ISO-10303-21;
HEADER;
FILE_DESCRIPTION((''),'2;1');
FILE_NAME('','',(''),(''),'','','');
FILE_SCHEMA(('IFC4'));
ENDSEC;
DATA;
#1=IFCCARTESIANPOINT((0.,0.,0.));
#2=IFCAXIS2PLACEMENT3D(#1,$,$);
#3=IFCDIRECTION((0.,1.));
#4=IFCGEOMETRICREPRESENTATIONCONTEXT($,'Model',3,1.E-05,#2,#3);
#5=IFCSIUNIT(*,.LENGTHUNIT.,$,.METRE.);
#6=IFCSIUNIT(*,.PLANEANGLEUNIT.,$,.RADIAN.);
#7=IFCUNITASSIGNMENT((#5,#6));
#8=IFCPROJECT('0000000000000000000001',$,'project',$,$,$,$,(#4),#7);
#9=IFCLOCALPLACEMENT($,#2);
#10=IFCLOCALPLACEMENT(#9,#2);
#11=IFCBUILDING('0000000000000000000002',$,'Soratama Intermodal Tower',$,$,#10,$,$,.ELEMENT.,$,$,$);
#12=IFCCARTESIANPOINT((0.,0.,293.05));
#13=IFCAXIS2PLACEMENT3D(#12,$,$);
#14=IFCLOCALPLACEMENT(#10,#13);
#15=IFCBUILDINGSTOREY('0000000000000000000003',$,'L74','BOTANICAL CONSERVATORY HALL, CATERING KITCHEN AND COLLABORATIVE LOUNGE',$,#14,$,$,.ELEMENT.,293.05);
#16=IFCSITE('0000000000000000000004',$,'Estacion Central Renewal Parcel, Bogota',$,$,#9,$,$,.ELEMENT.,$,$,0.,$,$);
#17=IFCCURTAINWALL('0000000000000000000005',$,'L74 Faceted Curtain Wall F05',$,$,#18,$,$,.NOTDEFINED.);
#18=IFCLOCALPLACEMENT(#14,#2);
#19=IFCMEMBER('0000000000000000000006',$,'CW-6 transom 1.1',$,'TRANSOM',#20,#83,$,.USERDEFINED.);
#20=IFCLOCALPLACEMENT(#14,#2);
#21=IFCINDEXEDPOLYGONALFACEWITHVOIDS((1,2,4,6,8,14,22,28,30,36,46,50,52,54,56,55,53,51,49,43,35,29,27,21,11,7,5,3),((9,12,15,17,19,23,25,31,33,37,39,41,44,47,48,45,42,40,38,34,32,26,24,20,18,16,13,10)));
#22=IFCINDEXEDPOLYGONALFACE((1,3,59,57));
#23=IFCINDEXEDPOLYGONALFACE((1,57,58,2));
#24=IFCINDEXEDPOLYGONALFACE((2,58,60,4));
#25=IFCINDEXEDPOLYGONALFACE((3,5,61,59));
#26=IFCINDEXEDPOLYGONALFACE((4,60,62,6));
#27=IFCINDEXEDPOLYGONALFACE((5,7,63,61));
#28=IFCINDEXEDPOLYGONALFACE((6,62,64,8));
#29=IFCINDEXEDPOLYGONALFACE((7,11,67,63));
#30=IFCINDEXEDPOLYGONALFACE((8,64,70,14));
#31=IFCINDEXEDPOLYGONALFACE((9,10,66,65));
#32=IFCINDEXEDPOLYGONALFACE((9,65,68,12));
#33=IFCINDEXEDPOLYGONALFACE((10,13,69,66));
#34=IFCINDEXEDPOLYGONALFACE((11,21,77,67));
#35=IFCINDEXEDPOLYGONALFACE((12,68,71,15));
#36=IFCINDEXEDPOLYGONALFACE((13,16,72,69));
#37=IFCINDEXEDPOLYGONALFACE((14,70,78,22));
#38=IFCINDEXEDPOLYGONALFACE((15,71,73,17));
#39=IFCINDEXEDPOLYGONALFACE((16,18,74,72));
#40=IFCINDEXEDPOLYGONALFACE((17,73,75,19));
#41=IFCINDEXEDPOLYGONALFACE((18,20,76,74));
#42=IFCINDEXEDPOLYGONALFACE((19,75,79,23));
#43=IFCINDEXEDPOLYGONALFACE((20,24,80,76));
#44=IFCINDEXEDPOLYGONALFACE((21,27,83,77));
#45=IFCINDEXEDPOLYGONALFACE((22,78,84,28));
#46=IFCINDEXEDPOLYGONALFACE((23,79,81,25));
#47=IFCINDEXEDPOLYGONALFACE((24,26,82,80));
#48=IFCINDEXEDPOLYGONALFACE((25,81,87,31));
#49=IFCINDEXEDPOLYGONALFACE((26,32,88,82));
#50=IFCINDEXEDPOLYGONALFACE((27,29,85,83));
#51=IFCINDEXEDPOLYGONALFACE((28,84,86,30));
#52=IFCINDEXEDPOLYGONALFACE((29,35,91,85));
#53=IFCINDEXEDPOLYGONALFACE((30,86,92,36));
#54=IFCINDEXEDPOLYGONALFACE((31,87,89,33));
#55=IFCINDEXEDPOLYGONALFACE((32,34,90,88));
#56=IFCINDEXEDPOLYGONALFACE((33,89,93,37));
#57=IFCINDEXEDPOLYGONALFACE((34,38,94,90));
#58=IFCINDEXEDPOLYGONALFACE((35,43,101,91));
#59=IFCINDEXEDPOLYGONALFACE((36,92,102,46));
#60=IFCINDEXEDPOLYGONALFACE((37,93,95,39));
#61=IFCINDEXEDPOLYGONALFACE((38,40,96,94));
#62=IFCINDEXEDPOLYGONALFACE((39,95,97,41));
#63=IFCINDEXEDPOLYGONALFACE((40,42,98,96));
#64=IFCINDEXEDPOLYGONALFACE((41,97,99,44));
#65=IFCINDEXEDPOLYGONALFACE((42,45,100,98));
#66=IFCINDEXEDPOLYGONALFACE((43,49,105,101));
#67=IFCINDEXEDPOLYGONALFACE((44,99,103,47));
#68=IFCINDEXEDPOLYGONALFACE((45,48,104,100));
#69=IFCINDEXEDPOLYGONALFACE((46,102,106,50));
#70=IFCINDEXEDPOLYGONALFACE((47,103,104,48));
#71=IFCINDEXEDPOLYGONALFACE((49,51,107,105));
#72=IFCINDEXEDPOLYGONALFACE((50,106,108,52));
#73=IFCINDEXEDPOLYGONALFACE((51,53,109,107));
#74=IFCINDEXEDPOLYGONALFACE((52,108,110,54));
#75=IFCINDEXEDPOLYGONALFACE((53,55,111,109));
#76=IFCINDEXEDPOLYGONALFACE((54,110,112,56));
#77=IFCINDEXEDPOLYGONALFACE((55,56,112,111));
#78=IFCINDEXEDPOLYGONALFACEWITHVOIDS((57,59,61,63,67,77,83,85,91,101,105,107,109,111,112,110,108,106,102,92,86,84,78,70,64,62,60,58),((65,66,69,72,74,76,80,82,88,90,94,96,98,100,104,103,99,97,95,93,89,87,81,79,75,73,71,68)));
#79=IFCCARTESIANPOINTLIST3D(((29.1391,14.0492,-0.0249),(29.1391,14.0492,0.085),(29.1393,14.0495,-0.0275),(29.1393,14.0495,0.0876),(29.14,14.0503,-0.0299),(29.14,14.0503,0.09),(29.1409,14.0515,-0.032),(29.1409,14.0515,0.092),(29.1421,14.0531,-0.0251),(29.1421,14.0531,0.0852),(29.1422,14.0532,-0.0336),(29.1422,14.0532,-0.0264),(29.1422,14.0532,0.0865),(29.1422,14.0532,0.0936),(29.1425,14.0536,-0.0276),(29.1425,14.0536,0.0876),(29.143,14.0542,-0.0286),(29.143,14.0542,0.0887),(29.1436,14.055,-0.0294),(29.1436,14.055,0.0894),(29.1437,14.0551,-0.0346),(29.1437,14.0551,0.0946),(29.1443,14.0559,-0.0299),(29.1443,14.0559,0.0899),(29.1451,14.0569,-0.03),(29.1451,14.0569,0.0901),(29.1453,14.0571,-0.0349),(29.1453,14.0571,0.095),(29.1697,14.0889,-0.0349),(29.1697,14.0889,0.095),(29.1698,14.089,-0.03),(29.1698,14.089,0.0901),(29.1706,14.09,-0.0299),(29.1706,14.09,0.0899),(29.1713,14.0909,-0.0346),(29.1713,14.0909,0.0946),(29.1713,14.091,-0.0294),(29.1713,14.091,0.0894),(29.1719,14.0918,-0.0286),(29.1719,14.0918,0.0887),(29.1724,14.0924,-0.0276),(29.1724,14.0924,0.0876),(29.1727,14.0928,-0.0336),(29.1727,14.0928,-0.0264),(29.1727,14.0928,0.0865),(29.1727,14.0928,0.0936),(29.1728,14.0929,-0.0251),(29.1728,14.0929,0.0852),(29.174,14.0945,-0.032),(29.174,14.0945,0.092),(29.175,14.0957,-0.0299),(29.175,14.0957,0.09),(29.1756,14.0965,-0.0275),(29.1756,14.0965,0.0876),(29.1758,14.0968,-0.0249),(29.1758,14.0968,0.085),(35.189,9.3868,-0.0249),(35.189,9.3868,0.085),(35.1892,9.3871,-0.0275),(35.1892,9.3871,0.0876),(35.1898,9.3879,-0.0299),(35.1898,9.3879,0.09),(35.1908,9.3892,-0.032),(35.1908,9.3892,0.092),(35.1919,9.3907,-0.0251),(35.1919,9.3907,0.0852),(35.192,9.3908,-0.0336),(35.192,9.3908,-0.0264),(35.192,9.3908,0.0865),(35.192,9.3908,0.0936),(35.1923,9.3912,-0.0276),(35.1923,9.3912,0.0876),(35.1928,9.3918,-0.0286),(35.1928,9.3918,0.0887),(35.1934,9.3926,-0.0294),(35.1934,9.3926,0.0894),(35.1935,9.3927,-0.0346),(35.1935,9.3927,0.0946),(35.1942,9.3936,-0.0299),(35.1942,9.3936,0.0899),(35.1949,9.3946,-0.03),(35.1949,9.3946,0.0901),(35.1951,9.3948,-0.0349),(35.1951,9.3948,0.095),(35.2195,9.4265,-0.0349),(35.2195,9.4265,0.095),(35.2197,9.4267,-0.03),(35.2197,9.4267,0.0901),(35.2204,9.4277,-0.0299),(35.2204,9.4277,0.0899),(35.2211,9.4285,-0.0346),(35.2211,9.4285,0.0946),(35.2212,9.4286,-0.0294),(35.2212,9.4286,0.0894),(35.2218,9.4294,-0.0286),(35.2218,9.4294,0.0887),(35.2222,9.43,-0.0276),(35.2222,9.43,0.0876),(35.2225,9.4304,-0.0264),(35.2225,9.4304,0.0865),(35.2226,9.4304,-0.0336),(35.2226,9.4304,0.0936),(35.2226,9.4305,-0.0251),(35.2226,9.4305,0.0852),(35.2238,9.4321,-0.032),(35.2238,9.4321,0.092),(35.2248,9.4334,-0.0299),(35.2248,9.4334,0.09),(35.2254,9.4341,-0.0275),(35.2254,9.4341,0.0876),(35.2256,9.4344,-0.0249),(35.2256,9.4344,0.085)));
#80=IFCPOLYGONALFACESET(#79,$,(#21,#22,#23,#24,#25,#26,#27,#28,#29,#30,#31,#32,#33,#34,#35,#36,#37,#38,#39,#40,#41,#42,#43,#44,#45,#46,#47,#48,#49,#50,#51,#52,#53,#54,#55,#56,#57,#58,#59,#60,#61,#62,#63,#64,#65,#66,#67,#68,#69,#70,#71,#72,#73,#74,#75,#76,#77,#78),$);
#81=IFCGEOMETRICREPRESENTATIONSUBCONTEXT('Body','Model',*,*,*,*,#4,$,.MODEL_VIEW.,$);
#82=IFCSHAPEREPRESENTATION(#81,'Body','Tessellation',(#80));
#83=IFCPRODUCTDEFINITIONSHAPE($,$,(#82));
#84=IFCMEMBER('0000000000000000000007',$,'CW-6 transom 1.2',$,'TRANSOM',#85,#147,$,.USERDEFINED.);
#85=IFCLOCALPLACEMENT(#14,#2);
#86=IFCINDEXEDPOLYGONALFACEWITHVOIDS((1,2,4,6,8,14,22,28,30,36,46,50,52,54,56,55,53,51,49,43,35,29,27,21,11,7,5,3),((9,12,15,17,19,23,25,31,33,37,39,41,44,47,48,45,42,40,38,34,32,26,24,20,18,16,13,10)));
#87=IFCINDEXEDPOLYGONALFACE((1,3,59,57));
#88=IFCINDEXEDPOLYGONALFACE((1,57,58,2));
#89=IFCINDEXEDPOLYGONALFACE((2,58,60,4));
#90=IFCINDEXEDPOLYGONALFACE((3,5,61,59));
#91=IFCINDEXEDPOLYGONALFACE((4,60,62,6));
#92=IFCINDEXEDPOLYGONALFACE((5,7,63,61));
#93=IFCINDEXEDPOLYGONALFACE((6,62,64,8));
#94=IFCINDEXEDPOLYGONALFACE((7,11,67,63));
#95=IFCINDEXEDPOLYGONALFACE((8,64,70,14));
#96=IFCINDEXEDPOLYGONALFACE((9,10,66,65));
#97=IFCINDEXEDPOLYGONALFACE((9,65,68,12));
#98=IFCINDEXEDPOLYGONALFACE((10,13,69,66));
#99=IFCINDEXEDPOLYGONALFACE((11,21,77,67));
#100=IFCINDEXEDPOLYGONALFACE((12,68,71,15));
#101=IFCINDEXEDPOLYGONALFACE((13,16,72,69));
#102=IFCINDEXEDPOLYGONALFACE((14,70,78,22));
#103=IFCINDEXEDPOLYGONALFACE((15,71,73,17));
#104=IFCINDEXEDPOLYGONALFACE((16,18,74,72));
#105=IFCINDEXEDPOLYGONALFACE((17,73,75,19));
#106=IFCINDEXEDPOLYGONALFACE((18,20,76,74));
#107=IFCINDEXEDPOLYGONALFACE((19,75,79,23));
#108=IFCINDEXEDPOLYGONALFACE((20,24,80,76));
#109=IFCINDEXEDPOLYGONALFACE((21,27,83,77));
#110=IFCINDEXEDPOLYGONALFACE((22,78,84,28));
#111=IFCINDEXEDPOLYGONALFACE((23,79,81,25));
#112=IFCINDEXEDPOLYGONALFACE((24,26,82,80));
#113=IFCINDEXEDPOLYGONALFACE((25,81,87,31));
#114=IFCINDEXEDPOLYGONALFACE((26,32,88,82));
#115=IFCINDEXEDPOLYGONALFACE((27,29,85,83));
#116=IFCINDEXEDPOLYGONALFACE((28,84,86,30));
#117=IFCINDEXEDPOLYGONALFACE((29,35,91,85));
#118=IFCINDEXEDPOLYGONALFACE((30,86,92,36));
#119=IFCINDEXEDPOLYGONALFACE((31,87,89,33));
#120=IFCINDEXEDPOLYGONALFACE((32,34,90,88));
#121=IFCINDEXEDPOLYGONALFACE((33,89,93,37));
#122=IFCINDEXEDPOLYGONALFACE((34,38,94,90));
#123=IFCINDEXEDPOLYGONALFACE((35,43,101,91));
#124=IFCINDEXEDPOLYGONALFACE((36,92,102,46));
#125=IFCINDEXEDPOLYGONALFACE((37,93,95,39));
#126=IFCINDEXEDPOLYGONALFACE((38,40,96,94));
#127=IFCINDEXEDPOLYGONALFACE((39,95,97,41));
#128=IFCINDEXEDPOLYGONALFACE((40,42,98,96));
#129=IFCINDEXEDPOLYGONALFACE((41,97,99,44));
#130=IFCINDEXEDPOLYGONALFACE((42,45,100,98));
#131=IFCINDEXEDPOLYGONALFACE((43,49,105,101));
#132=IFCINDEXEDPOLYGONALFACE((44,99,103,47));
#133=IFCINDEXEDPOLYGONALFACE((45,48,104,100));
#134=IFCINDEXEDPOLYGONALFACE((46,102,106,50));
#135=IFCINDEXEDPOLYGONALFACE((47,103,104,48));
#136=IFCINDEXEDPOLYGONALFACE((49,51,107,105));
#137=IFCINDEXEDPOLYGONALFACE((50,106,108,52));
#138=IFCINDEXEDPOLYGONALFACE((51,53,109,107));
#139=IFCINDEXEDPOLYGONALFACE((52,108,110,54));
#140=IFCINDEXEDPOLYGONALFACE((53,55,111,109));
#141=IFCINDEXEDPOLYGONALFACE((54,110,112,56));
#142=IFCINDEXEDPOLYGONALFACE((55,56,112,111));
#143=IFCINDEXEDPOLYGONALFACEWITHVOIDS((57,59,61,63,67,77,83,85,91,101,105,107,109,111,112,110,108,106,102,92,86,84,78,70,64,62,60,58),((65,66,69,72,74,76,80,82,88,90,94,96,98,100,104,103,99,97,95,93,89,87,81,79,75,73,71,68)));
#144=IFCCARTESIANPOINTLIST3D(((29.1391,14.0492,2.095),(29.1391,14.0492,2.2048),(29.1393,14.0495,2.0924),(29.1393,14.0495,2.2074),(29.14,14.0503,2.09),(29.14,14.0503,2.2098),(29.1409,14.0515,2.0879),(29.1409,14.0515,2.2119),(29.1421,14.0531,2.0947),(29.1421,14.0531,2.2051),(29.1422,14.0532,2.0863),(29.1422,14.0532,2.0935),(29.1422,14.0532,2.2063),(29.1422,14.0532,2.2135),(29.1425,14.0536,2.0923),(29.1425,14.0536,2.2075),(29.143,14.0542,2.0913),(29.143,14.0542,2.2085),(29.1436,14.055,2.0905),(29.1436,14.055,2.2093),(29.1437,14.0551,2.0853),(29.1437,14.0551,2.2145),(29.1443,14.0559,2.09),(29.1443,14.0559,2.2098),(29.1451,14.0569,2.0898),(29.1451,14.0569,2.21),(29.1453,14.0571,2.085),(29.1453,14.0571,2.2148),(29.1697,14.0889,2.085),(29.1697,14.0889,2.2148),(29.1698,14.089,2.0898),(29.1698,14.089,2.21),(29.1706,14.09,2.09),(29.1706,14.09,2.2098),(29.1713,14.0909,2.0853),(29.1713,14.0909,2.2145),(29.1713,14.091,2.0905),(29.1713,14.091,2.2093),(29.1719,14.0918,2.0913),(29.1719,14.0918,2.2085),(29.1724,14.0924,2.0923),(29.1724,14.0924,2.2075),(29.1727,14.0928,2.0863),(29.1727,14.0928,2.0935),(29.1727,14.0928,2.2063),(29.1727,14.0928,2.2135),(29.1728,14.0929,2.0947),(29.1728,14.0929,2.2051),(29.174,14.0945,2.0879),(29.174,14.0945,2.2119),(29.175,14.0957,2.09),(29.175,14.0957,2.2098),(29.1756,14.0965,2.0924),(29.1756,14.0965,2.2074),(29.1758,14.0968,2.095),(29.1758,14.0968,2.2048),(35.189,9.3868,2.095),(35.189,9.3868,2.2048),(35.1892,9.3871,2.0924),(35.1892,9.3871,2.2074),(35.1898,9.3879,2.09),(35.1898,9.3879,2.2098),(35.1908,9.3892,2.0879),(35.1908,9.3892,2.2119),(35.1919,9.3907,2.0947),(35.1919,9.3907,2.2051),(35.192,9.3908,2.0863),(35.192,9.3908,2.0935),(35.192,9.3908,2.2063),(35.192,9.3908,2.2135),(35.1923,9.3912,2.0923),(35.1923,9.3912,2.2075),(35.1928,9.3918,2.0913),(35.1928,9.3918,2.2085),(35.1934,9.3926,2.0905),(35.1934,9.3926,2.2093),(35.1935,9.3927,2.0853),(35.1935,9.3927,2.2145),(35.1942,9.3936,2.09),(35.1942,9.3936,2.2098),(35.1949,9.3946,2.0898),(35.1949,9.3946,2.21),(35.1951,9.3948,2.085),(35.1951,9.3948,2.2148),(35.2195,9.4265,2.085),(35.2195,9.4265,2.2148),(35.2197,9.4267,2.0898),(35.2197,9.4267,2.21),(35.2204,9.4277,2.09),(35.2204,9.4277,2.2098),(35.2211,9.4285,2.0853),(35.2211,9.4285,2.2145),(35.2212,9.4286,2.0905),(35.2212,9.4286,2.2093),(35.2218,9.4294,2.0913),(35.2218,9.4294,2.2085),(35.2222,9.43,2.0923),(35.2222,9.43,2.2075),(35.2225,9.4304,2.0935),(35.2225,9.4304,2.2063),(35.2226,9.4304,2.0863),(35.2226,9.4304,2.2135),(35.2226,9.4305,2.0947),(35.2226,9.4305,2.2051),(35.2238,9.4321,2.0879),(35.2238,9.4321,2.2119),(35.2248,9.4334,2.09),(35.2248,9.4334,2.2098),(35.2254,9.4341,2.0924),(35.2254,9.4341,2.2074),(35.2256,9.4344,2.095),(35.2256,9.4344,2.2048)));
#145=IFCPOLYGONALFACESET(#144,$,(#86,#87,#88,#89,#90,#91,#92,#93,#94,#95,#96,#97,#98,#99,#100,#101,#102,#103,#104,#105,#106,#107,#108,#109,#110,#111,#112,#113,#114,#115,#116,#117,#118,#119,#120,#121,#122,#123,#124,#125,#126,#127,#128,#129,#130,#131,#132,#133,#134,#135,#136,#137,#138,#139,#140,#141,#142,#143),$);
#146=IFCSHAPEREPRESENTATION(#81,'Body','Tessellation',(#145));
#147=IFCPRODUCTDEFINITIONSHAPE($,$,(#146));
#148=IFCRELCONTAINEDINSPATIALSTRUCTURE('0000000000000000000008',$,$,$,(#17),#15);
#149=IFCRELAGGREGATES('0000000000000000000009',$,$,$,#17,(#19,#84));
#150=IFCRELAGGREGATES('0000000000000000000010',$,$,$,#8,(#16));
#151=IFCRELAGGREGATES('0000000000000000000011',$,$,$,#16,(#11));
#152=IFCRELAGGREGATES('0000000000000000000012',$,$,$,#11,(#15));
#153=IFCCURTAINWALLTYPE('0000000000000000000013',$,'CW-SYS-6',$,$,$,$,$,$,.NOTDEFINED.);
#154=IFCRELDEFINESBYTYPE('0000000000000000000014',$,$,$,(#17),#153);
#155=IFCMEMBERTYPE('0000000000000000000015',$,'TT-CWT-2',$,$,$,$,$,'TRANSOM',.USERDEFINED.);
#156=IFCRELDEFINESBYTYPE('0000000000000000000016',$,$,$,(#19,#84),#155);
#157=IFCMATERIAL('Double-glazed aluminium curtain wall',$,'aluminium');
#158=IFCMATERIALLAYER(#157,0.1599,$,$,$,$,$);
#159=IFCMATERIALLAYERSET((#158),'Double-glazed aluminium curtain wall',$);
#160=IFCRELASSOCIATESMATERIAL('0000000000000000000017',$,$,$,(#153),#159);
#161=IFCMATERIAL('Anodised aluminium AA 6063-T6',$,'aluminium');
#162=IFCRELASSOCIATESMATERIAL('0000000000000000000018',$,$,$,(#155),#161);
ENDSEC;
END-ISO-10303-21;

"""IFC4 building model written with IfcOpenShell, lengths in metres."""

from ifc_helpers import new_model, si_unit, direction, frame, origin, origin_2d, place, context, subcontext, project, spatial, hollow_rectangle, extrude, material, layer, layer_set, material_profile, profile_set, type_object, element, aggregate, save


model = new_model("IFC4")

# Units and contexts
model_context = context("Model", 3, precision=1e-05, world=origin(), true_north=direction((0.0, 1.0)))
body_context = subcontext(model_context, "Body", "Model", "MODEL_VIEW")
ifc_project = project(units=[si_unit("LENGTHUNIT", "METRE"), si_unit("PLANEANGLEUNIT", "RADIAN")], contexts=[model_context])

# Site, building, storey
site_placement = place(None, origin())
site = spatial("IfcSite", under=ifc_project, at=site_placement, Name="Estacion Central Renewal Parcel, Bogota", CompositionType="ELEMENT", RefElevation=0.0)
building_placement = place(site_placement, origin())
building = spatial("IfcBuilding", under=site, at=building_placement, Name="Soratama Intermodal Tower", CompositionType="ELEMENT")
storey_placement = place(building_placement, frame((0.0, 0.0, 293.05)))
storey = spatial("IfcBuildingStorey", under=building, at=storey_placement, Name="L74", Description="BOTANICAL CONSERVATORY HALL, CATERING KITCHEN AND COLLABORATIVE LOUNGE", CompositionType="ELEMENT", Elevation=293.05)

# Shared definitions
ifc_material_1 = material(Name="Double-glazed aluminium curtain wall", Category="aluminium")
ifc_layer_1 = layer(ifc_material_1, 0.1599)
ifc_layer_set_1 = layer_set([ifc_layer_1], Name="Double-glazed aluminium curtain wall")
curtain_wall_type = type_object("IfcCurtainWallType", Name="CW-SYS-6", PredefinedType="NOTDEFINED", material=ifc_layer_set_1)

# Curtain wall
curtain_wall_1_placement = place(storey_placement, origin())
curtain_wall_1 = element("IfcCurtainWall", 1, at=curtain_wall_1_placement, inside=storey, type_object=curtain_wall_type, Name="L74 Faceted Curtain Wall F05", PredefinedType="NOTDEFINED")

# Members
ifc_material_2 = material(Name="Anodised aluminium AA 6063-T6", Category="aluminium")
ifc_material_profile_1 = material_profile(ifc_material_2, hollow_rectangle(XDim=0.0601, YDim=0.1299, WallThickness=0.0049, InnerFilletRadius=0.0049, OuterFilletRadius=0.01, at=origin_2d()), Name="CWT130X60X5")
ifc_profile_set_1 = profile_set([ifc_material_profile_1], Name="Anodised aluminium AA 6063-T6")
member_type_1 = type_object("IfcMemberType", Name="TT-CWT-2", ElementType="TRANSOM", PredefinedType="USERDEFINED", material=ifc_profile_set_1)
member_1_placement = place(storey_placement, frame((29.1575, 14.073, 0.03), z_axis=(0.792076, -0.610423, 0.0), x_axis=(0.610423, 0.792076, 0.0)))
member_1 = element("IfcMember", 2, at=member_1_placement, type_object=member_type_1, Name="CW-6 transom 1.1", ObjectType="TRANSOM", PredefinedType="USERDEFINED", context=body_context, shape_type="SweptSolid", body=[
    extrude(hollow_rectangle(XDim=0.0601, YDim=0.1299, WallThickness=0.0049, InnerFilletRadius=0.0049, OuterFilletRadius=0.01, at=origin_2d()), origin(), (0.0, 0.0, 1.0), 7.6379),
])
member_2_placement = place(storey_placement, frame((29.1575, 14.073, 2.1499), z_axis=(0.792076, -0.610423, 0.0), x_axis=(0.610423, 0.792076, 0.0)))
member_2 = element("IfcMember", 3, at=member_2_placement, type_object=member_type_1, Name="CW-6 transom 1.2", ObjectType="TRANSOM", PredefinedType="USERDEFINED", context=body_context, shape_type="SweptSolid", body=[
    extrude(hollow_rectangle(XDim=0.0601, YDim=0.1299, WallThickness=0.0049, InnerFilletRadius=0.0049, OuterFilletRadius=0.01, at=origin_2d()), origin(), (0.0, 0.0, 1.0), 7.6379),
])

aggregate(curtain_wall_1, [member_1, member_2])

save(model, "model.ifc")
